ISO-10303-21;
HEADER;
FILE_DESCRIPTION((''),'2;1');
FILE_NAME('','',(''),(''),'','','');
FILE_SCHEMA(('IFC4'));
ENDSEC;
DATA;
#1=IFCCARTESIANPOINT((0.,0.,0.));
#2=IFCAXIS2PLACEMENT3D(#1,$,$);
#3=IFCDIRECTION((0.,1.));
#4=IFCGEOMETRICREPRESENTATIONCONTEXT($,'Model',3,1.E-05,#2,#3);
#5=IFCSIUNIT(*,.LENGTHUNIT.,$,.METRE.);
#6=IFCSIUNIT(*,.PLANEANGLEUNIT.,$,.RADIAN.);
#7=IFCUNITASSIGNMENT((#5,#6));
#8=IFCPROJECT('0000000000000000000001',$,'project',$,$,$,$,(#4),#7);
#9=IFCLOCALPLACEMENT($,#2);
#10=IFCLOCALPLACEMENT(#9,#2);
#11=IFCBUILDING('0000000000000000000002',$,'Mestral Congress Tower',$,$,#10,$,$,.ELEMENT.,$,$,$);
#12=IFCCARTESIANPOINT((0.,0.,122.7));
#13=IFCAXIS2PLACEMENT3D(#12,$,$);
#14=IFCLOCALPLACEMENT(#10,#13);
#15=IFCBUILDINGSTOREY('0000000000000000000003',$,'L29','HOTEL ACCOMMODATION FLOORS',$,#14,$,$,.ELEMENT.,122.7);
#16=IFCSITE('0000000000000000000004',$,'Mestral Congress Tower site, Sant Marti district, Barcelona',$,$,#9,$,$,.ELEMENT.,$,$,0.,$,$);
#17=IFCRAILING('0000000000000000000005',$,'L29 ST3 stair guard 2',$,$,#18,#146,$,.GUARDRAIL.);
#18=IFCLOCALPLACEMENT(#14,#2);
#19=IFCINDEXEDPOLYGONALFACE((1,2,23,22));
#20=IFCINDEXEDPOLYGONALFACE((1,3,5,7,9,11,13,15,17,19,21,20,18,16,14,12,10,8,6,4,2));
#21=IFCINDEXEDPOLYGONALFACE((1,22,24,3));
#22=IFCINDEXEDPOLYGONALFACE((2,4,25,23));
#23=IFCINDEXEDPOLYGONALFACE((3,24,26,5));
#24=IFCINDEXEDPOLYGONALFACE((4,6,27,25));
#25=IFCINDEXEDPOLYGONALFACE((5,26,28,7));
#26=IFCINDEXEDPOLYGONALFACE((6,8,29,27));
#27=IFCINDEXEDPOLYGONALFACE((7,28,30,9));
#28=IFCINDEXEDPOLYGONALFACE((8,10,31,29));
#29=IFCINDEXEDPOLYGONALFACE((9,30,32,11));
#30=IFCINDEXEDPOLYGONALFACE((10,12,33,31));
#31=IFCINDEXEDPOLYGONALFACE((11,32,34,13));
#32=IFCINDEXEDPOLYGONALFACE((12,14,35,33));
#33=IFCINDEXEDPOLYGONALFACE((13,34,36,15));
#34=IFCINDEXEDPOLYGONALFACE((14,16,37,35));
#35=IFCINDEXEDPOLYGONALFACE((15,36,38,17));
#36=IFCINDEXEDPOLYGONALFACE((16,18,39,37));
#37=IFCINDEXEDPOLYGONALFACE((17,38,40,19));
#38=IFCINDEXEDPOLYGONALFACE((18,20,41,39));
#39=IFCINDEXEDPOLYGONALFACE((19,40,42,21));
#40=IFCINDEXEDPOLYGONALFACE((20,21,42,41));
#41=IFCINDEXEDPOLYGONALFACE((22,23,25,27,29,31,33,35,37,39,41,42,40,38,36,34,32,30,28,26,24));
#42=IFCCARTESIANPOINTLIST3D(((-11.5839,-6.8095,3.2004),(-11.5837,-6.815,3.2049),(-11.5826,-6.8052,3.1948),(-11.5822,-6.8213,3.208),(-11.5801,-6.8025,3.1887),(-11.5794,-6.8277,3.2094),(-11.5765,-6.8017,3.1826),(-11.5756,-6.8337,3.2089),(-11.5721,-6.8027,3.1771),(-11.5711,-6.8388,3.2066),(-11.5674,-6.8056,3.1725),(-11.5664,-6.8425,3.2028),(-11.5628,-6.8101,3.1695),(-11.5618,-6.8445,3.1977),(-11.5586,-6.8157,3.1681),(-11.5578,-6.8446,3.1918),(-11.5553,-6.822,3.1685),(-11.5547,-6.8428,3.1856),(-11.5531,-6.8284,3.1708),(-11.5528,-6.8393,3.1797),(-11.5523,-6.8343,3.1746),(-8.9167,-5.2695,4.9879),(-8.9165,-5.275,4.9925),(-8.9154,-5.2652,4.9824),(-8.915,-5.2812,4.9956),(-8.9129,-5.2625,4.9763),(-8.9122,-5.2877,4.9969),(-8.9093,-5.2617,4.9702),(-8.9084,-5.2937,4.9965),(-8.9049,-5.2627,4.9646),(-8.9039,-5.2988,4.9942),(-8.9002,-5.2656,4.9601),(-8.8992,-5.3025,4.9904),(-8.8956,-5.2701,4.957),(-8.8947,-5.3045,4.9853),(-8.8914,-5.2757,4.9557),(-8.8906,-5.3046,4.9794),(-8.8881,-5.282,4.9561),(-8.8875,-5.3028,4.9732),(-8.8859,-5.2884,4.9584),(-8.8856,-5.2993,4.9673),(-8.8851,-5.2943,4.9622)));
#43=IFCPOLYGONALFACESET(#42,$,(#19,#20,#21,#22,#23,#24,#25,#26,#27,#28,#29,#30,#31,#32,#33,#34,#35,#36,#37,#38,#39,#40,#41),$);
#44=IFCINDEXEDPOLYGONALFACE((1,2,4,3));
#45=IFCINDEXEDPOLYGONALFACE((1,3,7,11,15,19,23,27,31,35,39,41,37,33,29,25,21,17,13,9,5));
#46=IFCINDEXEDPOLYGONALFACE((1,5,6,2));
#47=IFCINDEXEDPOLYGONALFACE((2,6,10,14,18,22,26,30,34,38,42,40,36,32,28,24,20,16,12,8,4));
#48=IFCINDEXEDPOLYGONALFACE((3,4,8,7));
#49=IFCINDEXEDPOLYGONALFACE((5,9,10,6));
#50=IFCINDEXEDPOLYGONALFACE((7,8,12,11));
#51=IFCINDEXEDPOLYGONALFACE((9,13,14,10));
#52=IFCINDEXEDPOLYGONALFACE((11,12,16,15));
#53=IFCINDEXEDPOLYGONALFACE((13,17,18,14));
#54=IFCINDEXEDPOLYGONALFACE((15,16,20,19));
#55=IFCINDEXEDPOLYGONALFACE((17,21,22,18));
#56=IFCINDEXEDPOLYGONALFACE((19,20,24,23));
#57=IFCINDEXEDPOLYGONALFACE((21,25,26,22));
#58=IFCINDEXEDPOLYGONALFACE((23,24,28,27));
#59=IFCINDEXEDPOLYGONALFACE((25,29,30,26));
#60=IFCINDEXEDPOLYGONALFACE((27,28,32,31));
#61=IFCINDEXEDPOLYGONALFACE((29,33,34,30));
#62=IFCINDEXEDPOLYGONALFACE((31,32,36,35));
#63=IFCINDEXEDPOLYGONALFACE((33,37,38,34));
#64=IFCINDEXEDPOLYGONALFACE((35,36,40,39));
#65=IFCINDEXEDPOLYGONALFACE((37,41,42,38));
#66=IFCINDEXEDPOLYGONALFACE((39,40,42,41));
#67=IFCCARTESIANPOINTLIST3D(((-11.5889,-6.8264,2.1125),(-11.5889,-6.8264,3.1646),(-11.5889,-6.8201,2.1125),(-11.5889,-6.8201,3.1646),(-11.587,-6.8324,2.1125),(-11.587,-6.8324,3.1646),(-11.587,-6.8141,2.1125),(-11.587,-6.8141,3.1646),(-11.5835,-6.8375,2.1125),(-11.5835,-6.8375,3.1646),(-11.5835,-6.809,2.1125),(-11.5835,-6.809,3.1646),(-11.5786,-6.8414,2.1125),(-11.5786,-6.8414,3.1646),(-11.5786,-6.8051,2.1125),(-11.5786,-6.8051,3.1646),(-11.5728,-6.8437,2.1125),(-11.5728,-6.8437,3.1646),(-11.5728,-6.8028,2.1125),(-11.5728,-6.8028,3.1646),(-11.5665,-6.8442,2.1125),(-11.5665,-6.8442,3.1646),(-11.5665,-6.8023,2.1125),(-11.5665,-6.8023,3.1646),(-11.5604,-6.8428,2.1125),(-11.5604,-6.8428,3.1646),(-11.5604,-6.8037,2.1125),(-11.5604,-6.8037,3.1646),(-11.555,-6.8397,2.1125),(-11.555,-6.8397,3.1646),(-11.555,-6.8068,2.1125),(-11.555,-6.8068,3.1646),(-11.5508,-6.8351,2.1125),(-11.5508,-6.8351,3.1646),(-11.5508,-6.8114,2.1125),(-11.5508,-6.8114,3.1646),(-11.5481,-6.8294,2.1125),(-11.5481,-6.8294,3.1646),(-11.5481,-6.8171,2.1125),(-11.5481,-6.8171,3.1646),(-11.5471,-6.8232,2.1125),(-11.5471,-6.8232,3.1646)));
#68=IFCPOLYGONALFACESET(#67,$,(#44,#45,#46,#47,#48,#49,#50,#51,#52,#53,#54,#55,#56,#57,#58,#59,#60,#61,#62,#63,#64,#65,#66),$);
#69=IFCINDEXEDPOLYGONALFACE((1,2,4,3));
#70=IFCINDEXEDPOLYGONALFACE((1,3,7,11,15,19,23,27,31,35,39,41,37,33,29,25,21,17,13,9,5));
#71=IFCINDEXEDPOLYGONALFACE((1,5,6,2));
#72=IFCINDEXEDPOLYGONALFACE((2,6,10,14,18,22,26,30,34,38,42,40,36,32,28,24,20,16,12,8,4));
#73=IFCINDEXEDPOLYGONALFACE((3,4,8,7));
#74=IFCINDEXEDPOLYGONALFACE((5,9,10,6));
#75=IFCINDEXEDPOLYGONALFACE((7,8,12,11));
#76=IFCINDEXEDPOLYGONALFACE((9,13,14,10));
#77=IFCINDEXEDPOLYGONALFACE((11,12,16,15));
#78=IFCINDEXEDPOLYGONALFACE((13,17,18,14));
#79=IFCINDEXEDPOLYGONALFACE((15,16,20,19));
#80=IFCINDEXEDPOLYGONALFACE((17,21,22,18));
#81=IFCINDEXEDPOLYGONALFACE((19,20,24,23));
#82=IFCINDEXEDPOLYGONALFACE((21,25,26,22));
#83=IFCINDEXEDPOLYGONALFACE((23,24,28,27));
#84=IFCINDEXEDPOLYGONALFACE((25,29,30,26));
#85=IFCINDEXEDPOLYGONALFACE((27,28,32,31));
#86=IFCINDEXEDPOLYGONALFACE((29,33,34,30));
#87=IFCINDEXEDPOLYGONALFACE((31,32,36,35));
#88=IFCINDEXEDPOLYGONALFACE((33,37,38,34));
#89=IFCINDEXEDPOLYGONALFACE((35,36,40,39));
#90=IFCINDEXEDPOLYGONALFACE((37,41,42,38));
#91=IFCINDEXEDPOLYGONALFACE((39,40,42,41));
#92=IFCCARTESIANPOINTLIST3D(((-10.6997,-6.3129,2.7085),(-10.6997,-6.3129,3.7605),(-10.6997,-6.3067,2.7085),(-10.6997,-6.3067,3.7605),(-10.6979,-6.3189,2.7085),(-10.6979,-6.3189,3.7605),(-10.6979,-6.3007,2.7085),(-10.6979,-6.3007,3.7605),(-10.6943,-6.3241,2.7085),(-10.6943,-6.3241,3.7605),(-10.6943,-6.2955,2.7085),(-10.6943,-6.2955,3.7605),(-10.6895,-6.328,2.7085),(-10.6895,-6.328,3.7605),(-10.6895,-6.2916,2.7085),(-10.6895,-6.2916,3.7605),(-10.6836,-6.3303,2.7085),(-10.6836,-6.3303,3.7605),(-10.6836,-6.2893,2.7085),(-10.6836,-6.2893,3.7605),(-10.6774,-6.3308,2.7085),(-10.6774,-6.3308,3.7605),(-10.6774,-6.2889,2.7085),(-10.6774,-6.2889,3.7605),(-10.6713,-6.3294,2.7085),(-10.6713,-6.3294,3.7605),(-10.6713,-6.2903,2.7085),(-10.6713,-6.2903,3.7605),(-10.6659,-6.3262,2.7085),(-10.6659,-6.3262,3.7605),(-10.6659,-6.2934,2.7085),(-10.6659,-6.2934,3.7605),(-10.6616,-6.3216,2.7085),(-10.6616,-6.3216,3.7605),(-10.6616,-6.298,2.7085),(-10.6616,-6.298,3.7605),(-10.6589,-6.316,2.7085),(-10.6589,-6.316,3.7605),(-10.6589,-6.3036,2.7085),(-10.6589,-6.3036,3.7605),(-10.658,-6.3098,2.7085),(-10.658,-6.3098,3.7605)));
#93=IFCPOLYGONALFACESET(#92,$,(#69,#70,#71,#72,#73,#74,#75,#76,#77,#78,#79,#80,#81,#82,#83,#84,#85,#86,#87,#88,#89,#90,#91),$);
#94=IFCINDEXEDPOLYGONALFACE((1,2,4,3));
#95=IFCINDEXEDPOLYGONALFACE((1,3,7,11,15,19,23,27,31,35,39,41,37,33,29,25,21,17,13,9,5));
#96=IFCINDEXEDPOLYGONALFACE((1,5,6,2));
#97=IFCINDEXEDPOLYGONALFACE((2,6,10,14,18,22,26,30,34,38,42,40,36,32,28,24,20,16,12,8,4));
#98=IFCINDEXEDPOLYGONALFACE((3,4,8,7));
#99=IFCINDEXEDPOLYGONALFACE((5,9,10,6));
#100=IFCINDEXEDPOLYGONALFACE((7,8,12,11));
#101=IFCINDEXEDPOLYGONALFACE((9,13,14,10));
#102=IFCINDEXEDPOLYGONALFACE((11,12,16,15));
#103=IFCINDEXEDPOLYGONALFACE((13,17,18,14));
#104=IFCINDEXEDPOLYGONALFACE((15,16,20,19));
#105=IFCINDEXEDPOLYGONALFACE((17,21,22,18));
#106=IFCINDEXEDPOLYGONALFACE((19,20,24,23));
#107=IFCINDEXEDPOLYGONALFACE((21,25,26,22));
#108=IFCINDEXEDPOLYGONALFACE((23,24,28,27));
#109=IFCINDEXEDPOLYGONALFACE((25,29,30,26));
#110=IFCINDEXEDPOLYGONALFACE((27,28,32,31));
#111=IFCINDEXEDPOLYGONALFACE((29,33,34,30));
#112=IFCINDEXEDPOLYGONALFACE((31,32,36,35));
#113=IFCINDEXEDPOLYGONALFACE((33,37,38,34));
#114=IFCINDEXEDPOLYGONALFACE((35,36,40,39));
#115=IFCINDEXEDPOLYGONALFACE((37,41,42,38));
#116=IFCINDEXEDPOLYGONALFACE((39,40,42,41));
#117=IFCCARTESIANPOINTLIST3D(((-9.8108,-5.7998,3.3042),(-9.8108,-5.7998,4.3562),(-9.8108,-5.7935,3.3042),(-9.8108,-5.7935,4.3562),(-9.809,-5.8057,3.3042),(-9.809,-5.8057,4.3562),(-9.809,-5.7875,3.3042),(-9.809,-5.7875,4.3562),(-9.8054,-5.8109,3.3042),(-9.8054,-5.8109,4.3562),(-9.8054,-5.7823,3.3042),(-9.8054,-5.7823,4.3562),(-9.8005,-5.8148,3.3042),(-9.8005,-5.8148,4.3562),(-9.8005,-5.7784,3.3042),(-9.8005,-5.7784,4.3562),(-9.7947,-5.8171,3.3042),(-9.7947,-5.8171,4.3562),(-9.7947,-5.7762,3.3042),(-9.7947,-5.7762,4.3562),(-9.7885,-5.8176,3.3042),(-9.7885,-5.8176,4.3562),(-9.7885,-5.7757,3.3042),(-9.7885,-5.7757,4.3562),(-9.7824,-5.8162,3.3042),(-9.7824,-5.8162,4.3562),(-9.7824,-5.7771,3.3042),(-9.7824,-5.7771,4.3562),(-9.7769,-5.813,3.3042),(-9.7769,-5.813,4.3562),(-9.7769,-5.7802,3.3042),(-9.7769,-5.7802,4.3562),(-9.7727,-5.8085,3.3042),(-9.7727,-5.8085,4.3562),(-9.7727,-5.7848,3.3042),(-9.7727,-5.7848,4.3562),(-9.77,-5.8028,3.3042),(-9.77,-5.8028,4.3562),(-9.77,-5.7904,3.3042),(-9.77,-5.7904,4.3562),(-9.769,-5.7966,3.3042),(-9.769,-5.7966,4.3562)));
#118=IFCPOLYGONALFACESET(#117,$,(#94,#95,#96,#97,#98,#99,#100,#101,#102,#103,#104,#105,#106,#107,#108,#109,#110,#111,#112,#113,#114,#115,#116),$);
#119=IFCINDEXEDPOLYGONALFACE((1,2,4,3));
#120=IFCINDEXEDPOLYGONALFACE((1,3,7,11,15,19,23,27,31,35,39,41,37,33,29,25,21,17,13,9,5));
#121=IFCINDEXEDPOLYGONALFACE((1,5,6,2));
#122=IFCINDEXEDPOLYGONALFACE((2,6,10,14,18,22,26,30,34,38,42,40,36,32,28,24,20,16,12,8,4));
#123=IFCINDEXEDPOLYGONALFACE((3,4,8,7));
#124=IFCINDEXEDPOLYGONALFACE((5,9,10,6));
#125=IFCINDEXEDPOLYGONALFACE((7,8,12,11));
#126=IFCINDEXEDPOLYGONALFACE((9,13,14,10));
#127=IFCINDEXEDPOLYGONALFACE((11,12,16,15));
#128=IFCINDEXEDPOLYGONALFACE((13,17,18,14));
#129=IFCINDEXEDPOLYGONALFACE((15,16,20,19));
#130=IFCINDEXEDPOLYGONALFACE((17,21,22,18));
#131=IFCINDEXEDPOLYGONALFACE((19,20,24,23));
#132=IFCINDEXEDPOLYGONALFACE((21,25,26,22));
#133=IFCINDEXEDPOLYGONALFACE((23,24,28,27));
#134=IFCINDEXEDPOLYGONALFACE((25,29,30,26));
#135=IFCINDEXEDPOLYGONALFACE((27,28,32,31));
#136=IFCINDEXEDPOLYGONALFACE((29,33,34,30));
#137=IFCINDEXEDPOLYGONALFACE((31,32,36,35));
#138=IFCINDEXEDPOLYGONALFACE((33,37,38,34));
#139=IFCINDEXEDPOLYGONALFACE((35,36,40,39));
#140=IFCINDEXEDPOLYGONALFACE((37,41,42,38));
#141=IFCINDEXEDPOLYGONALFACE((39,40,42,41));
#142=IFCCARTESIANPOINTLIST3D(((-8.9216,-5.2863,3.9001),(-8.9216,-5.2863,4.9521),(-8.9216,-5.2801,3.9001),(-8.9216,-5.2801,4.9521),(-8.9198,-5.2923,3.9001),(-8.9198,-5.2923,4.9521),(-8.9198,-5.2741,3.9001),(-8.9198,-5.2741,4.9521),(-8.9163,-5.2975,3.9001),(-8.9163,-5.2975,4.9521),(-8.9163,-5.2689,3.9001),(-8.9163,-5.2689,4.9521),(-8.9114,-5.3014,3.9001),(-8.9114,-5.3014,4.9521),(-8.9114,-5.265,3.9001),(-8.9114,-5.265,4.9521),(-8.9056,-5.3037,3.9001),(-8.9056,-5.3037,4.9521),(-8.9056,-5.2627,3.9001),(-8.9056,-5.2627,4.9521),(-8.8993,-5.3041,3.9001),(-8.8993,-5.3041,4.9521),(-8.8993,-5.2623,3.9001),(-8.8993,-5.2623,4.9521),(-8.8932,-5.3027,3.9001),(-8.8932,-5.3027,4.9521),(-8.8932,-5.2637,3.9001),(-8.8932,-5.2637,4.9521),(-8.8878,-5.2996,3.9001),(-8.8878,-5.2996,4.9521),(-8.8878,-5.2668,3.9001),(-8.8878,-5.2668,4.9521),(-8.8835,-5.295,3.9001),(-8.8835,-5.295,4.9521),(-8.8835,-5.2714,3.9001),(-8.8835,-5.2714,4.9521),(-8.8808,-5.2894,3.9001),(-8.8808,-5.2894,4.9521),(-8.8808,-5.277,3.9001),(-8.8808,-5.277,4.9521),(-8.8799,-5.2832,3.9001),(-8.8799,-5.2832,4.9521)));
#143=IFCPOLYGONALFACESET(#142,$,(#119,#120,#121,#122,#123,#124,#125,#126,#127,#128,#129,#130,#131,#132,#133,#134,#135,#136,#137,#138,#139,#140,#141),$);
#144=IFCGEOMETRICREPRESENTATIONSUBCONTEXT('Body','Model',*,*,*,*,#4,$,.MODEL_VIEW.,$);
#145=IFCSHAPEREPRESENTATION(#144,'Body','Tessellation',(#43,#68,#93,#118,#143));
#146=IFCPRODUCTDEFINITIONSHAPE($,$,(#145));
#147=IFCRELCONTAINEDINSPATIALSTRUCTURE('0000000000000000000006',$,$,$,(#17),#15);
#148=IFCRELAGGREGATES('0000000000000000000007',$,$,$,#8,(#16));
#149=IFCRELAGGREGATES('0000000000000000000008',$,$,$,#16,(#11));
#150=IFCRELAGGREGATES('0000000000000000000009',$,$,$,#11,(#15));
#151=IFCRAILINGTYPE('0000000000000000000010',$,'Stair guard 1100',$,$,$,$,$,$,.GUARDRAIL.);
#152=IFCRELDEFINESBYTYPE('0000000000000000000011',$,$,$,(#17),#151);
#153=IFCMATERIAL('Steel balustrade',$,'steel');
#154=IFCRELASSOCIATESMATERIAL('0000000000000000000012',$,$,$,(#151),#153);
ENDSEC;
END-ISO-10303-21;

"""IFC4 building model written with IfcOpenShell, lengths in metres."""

from ifc_helpers import new_model, si_unit, direction, frame, origin, origin_2d, place, context, subcontext, project, spatial, circle, extrude, material, type_object, element, save


model = new_model("IFC4")

# Units and contexts
model_context = context("Model", 3, precision=1e-05, world=origin(), true_north=direction((0.0, 1.0)))
body_context = subcontext(model_context, "Body", "Model", "MODEL_VIEW")
ifc_project = project(units=[si_unit("LENGTHUNIT", "METRE"), si_unit("PLANEANGLEUNIT", "RADIAN")], contexts=[model_context])

# Site, building, storey
site_placement = place(None, origin())
site = spatial("IfcSite", under=ifc_project, at=site_placement, Name="Mestral Congress Tower site, Sant Marti district, Barcelona", CompositionType="ELEMENT", RefElevation=0.0)
building_placement = place(site_placement, origin())
building = spatial("IfcBuilding", under=site, at=building_placement, Name="Mestral Congress Tower", CompositionType="ELEMENT")
storey_placement = place(building_placement, frame((0.0, 0.0, 122.7)))
storey = spatial("IfcBuildingStorey", under=building, at=storey_placement, Name="L29", Description="HOTEL ACCOMMODATION FLOORS", CompositionType="ELEMENT", Elevation=122.7)

# Railing
ifc_material_1 = material(Name="Steel balustrade", Category="steel")
railing_type_1 = type_object("IfcRailingType", Name="Stair guard 1100", PredefinedType="GUARDRAIL", material=ifc_material_1)
railing_1_placement = place(storey_placement, frame((-11.5681, -6.8232, 2.1125)))
element("IfcRailing", 1, at=railing_1_placement, inside=storey, type_object=railing_type_1, Name="L29 ST3 stair guard 2", PredefinedType="GUARDRAIL", context=body_context, shape_type="SweptSolid", body=[
    extrude(circle(Radius=0.0239, at=origin_2d()), frame((0.0, 0.0, 1.0762), z_axis=(0.748994, 0.432463, 0.50198), x_axis=(-0.500027, 0.86601, 0.0)), (0.0, 0.0, 1.0), 3.561),
    extrude(circle(Radius=0.021, at=origin_2d()), origin(), (0.0, 0.0, 1.0), 1.052),
    extrude(circle(Radius=0.021, at=origin_2d()), frame((0.8892, 0.5134, 0.5959)), (0.0, 0.0, 1.0), 1.052),
    extrude(circle(Radius=0.021, at=origin_2d()), frame((1.7781, 1.0266, 1.1917)), (0.0, 0.0, 1.0), 1.052),
    extrude(circle(Radius=0.021, at=origin_2d()), frame((2.6672, 1.54, 1.7876)), (0.0, 0.0, 1.0), 1.052),
])

save(model, "model.ifc")
